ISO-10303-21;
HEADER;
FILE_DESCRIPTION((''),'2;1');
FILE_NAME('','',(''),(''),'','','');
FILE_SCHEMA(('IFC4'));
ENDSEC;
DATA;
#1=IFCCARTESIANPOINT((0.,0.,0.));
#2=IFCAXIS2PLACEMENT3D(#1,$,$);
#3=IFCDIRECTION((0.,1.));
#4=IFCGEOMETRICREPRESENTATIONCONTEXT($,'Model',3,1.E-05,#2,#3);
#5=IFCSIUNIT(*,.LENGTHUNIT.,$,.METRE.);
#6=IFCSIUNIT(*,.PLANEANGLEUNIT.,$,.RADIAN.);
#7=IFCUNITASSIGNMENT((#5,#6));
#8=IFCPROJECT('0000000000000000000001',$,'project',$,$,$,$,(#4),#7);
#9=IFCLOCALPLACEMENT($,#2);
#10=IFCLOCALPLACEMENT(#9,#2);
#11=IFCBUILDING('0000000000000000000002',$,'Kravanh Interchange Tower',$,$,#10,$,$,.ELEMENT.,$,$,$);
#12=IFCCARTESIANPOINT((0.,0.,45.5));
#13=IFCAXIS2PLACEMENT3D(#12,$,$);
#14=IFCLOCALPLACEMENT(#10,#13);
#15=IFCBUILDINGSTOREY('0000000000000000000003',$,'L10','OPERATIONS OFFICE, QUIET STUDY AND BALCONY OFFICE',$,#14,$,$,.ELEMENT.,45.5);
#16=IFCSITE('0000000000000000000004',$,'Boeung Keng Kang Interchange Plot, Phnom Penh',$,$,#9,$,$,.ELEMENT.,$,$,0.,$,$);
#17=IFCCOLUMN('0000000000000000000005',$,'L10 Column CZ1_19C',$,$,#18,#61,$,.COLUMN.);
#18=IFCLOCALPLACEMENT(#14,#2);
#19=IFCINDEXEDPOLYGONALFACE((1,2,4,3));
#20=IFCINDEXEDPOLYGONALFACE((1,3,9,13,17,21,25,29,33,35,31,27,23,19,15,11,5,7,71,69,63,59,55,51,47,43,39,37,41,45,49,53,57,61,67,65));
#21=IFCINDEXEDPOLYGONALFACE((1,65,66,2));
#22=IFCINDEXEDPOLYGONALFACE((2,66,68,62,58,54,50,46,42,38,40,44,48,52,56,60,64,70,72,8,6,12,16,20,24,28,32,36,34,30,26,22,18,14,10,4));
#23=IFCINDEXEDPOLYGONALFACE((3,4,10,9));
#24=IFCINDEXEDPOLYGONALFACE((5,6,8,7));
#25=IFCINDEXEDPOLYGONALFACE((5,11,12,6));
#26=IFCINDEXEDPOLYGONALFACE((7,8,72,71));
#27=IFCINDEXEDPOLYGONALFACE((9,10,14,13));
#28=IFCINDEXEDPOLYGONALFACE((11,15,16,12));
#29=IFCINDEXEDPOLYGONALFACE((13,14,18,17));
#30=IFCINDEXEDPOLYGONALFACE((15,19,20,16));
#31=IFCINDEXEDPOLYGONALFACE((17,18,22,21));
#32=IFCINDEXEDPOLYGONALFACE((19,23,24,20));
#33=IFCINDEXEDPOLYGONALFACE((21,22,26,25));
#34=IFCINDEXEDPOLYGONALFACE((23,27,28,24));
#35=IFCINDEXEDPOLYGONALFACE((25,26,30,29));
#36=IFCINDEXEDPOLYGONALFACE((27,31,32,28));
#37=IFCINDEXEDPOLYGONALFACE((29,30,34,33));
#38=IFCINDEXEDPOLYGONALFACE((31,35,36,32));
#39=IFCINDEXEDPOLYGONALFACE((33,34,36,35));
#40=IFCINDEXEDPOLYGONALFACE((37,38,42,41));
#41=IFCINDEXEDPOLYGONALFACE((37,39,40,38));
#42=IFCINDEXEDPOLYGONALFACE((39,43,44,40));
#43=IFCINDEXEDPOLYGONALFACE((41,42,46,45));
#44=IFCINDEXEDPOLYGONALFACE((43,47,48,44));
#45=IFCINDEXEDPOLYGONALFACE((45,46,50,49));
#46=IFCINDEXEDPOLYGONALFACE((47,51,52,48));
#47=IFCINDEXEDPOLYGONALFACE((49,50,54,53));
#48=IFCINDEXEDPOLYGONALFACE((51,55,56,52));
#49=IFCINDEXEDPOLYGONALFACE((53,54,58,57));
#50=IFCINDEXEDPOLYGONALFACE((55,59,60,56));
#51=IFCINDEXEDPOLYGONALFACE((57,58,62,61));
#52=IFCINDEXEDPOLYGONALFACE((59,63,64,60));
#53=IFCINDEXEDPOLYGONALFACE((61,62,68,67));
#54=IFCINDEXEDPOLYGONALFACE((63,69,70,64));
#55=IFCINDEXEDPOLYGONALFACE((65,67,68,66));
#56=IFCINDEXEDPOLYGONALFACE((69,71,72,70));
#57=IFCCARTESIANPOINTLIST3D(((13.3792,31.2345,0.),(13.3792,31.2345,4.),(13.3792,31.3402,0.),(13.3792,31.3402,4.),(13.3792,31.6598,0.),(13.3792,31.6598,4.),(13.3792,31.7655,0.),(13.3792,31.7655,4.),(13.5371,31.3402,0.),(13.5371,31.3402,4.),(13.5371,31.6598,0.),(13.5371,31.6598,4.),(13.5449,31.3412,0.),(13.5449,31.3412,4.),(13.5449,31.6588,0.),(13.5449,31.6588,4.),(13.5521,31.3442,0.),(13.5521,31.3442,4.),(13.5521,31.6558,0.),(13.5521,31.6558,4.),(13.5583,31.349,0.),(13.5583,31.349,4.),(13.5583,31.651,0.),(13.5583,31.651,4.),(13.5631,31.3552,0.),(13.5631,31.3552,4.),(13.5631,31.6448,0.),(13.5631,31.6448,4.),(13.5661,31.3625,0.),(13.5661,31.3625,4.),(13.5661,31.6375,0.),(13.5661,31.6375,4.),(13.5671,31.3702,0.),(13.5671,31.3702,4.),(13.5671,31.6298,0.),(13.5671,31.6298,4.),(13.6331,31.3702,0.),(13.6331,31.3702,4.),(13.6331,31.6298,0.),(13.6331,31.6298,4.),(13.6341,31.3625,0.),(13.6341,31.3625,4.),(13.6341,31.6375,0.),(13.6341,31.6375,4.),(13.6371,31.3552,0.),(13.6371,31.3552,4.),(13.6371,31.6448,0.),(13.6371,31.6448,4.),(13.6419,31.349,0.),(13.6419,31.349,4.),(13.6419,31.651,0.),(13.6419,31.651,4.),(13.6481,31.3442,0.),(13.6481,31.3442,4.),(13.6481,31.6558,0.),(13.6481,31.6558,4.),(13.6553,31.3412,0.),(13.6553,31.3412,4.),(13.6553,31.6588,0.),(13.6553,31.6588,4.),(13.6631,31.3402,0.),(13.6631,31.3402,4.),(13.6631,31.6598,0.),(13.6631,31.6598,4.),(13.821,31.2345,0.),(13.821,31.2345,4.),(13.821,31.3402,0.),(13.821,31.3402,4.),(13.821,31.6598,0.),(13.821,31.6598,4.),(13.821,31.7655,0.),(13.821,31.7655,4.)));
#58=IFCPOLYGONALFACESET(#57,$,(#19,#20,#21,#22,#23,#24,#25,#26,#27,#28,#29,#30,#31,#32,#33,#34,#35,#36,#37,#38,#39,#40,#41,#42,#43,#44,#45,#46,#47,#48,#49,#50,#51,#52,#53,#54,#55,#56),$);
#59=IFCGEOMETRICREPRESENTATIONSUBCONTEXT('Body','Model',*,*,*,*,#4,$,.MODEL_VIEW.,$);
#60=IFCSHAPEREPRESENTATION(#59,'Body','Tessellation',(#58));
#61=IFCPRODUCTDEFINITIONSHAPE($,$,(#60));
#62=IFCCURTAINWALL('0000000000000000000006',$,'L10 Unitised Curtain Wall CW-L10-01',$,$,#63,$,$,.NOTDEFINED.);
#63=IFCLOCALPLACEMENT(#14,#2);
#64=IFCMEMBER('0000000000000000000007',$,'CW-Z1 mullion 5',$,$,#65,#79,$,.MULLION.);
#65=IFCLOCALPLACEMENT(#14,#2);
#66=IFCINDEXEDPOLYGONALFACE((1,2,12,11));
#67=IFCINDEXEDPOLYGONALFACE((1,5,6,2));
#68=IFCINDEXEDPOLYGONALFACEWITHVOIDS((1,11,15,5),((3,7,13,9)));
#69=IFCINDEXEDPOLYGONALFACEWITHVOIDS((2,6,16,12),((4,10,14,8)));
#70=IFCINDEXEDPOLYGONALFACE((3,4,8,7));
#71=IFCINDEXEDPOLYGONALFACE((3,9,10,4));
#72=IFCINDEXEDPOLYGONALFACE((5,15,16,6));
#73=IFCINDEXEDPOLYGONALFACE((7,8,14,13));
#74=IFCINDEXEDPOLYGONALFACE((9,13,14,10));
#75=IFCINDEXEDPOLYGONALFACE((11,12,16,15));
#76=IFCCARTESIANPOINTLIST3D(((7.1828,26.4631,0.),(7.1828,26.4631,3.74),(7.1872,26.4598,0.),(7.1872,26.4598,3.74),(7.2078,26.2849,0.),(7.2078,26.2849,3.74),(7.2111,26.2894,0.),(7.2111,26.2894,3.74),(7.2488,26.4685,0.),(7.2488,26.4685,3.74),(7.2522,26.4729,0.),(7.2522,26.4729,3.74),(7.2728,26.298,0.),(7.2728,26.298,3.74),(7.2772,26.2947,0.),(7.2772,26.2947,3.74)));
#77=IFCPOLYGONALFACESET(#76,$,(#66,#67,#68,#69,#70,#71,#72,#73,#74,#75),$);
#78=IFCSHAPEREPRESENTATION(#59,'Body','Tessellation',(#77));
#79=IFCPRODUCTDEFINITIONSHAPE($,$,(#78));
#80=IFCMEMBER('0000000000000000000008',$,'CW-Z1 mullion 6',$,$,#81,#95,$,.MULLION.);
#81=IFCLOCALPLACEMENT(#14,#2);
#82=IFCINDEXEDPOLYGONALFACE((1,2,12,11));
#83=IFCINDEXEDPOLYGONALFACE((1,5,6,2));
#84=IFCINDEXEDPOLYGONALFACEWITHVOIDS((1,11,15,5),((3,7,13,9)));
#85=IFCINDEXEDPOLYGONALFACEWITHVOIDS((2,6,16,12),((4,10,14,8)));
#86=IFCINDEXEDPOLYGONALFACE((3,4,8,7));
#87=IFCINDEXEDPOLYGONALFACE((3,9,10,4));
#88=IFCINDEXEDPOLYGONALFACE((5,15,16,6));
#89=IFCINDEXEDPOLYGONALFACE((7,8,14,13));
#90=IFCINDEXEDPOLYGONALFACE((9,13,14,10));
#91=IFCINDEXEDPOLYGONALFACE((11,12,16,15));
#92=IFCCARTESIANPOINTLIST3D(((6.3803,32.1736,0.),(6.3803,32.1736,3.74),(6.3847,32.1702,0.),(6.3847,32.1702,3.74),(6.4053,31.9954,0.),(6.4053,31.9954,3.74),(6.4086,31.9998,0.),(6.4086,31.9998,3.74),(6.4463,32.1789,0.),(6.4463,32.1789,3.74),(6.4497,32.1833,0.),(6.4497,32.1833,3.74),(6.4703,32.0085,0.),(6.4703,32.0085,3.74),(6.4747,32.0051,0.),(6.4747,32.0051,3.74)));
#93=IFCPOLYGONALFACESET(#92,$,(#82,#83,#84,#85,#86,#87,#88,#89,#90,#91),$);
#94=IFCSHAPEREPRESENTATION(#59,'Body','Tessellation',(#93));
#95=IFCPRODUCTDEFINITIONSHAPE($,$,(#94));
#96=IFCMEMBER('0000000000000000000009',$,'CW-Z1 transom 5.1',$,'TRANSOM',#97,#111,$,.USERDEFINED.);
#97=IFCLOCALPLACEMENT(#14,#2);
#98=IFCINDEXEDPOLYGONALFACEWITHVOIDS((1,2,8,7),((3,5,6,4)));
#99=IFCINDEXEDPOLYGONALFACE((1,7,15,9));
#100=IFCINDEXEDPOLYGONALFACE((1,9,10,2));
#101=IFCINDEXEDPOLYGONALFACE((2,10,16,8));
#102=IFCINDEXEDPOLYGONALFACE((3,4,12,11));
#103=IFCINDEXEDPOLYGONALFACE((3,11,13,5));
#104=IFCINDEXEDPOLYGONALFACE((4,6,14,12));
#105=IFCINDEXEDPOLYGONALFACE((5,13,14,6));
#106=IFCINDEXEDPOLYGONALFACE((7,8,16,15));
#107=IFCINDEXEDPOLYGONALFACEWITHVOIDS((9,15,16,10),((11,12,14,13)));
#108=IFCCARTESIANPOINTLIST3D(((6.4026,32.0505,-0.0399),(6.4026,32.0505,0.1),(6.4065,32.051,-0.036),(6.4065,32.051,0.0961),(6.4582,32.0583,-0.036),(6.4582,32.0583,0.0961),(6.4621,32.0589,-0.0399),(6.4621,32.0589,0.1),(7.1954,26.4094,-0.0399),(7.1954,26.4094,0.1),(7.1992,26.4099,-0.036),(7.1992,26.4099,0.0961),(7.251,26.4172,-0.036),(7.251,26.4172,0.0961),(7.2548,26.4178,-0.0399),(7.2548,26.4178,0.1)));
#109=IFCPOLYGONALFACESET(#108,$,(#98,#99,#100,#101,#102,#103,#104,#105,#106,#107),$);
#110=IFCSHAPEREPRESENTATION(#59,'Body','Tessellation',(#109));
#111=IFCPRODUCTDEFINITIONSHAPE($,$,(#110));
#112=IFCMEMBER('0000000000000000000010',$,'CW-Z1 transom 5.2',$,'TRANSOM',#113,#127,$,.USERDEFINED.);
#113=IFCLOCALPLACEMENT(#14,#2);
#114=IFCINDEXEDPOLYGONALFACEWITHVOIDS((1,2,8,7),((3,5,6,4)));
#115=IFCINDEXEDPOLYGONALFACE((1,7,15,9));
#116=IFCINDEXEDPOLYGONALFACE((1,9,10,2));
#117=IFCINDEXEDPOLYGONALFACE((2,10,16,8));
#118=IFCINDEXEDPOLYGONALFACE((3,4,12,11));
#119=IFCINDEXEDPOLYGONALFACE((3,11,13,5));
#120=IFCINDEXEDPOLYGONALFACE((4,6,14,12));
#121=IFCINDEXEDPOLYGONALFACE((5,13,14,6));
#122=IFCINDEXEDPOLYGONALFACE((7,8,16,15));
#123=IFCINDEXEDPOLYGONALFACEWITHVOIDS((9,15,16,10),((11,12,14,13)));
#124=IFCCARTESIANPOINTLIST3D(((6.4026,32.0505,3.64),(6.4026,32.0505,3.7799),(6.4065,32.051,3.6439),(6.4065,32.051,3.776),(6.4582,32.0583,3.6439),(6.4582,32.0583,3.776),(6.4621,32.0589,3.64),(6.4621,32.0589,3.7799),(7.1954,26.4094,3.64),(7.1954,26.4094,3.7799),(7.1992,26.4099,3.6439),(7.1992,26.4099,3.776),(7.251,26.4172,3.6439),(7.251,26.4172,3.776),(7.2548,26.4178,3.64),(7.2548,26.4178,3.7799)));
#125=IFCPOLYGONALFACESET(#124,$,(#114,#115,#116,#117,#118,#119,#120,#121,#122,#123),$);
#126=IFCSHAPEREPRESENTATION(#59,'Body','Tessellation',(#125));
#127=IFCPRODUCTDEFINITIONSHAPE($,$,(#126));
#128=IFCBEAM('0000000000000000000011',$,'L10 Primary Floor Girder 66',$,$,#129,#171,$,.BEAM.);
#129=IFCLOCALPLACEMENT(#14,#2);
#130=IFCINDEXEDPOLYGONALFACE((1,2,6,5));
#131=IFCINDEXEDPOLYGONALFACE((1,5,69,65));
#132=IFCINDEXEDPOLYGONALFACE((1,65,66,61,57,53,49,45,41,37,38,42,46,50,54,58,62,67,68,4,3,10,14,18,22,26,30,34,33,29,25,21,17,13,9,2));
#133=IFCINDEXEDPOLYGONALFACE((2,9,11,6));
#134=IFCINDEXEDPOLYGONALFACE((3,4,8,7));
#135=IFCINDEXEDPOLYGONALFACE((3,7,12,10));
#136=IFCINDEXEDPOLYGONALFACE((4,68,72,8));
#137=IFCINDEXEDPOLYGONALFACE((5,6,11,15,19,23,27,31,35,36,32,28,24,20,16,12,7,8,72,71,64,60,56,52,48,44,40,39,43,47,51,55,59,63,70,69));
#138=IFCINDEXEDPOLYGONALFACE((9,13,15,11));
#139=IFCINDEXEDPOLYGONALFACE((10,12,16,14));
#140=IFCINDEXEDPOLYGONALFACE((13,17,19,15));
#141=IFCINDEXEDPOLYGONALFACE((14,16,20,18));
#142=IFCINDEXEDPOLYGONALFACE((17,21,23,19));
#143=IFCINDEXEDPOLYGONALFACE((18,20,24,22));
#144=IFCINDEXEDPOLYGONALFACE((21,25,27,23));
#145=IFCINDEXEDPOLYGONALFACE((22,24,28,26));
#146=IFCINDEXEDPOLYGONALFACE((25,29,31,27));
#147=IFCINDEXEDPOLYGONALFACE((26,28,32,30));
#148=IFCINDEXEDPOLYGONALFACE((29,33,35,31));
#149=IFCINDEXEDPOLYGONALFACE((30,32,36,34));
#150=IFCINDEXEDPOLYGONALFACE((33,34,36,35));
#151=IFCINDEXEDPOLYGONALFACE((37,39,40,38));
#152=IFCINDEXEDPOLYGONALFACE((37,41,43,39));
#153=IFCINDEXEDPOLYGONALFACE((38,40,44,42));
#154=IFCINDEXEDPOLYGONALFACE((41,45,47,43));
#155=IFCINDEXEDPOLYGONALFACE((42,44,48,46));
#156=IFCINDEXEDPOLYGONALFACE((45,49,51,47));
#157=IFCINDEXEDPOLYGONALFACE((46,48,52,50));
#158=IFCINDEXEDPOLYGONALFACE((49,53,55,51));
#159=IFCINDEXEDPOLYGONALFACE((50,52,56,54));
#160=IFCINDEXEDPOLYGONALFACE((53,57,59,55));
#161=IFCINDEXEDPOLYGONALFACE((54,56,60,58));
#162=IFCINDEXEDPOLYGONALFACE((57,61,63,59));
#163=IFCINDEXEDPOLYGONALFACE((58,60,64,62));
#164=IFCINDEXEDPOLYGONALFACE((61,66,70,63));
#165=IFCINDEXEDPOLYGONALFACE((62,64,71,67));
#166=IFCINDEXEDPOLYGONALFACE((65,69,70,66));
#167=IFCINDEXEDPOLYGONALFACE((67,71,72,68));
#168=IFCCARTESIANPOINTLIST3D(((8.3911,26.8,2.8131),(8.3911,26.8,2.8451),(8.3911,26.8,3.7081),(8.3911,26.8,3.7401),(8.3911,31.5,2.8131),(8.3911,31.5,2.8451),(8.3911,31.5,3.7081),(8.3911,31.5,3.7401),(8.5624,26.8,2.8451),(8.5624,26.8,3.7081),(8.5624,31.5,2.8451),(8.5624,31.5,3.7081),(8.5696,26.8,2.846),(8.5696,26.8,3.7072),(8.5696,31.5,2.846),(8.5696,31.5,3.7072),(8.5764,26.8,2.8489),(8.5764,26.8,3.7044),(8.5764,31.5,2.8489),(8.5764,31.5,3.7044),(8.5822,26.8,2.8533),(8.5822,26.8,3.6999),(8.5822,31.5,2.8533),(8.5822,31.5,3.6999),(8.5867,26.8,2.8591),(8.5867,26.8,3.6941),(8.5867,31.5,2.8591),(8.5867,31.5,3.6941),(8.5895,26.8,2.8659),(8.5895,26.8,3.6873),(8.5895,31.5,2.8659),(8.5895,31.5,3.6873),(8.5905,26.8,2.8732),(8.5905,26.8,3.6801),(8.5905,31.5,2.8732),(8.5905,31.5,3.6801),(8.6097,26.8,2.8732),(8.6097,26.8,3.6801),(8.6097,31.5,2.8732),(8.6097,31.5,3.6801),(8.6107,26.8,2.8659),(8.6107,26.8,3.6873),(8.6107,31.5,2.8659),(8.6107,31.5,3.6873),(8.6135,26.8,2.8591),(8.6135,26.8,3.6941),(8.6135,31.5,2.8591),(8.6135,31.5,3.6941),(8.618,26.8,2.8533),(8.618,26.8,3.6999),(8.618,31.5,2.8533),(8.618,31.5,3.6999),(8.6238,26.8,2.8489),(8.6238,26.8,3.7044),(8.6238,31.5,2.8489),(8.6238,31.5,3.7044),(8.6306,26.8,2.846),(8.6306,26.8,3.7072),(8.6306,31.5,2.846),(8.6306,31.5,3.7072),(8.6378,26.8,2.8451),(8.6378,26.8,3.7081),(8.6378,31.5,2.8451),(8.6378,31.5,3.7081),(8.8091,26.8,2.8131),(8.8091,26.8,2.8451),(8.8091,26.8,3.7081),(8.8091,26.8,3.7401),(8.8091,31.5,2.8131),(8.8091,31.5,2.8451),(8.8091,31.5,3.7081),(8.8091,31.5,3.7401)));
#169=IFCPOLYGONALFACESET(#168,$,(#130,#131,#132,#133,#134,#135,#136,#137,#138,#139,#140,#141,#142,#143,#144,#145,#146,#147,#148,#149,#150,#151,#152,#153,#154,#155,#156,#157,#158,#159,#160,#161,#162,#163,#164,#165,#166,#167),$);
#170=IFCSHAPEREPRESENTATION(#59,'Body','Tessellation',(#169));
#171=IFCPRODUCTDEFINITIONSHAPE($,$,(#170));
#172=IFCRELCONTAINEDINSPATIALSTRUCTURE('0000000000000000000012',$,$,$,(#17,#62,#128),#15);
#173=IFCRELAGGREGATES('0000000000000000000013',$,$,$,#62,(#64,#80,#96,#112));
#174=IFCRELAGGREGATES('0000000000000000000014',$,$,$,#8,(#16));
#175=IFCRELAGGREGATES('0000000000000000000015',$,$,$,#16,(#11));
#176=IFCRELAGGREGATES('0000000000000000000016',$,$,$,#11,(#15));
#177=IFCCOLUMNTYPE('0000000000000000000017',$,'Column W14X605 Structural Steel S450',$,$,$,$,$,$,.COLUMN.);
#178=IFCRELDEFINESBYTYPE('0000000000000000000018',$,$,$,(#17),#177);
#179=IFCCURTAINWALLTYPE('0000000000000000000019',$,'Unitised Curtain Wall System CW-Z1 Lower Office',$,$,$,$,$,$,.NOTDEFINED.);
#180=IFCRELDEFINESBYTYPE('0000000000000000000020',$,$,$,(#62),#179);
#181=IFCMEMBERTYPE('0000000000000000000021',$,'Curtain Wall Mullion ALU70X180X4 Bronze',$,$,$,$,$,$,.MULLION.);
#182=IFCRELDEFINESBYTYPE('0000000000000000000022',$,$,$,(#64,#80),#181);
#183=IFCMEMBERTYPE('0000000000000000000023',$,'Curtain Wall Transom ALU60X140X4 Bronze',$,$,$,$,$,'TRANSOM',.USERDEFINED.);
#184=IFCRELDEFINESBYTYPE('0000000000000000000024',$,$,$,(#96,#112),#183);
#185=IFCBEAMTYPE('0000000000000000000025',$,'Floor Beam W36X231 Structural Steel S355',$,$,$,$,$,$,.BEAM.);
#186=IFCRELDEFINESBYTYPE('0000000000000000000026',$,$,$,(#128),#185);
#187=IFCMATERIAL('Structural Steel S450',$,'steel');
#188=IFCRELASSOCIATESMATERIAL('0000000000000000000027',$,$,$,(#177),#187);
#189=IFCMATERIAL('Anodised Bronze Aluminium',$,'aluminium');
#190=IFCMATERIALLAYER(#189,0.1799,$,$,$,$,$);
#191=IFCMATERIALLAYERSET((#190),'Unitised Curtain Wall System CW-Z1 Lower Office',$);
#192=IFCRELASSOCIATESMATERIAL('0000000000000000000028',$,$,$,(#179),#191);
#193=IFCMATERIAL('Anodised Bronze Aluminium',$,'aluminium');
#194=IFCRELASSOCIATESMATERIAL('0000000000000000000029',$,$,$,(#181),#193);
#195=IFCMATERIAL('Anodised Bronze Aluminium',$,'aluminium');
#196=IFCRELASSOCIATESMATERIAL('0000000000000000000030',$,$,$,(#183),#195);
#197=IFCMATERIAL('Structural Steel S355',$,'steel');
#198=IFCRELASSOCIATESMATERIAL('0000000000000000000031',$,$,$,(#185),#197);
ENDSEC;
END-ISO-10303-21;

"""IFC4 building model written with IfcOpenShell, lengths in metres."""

from ifc_helpers import new_model, si_unit, direction, frame, origin, origin_2d, place, context, subcontext, project, spatial, hollow_rectangle, i_section, extrude, material, layer, layer_set, material_profile, profile_set, type_object, element, aggregate, save


model = new_model("IFC4")

# Units and contexts
model_context = context("Model", 3, precision=1e-05, world=origin(), true_north=direction((0.0, 1.0)))
body_context = subcontext(model_context, "Body", "Model", "MODEL_VIEW")
ifc_project = project(units=[si_unit("LENGTHUNIT", "METRE"), si_unit("PLANEANGLEUNIT", "RADIAN")], contexts=[model_context])

# Site, building, storey
site_placement = place(None, origin())
site = spatial("IfcSite", under=ifc_project, at=site_placement, Name="Boeung Keng Kang Interchange Plot, Phnom Penh", CompositionType="ELEMENT", RefElevation=0.0)
building_placement = place(site_placement, origin())
building = spatial("IfcBuilding", under=site, at=building_placement, Name="Kravanh Interchange Tower", CompositionType="ELEMENT")
storey_placement = place(building_placement, frame((0.0, 0.0, 45.5)))
storey = spatial("IfcBuildingStorey", under=building, at=storey_placement, Name="L10", Description="OPERATIONS OFFICE, QUIET STUDY AND BALCONY OFFICE", CompositionType="ELEMENT", Elevation=45.5)

# Column
ifc_material_1 = material(Name="Structural Steel S450", Category="steel")
ifc_material_profile_1 = material_profile(ifc_material_1, i_section(OverallWidth=0.4419, OverallDepth=0.531, WebThickness=0.0659, FlangeThickness=0.1057, FilletRadius=0.03, at=origin_2d()), Name="W14X605")
ifc_profile_set_1 = profile_set([ifc_material_profile_1], Name="Structural Steel S450")
column_type = type_object("IfcColumnType", Name="Column W14X605 Structural Steel S450", PredefinedType="COLUMN", material=ifc_profile_set_1)
for number, where, z_axis, x_axis, name in (
    (1, (13.6001, 31.5, 0.0), (0.0, 0.0, 1.0), (1.0, 0.0, 0.0), "L10 Column CZ1_19C"),
):
    element("IfcColumn", number, at=place(storey_placement, frame(where, z_axis=z_axis, x_axis=x_axis)), inside=storey, type_object=column_type, Name=name, PredefinedType="COLUMN", context=body_context, shape_type="SweptSolid", body=[
        extrude(i_section(OverallWidth=0.4419, OverallDepth=0.531, WebThickness=0.0659, FlangeThickness=0.1057, FilletRadius=0.03, at=origin_2d()), origin(), (0.0, 0.0, 1.0), 4.0),
    ])

# Curtain wall, members
ifc_material_2 = material(Name="Anodised Bronze Aluminium", Category="aluminium")
ifc_layer_1 = layer(ifc_material_2, 0.1799)
ifc_layer_set_1 = layer_set([ifc_layer_1], Name="Unitised Curtain Wall System CW-Z1 Lower Office")
curtain_wall_type = type_object("IfcCurtainWallType", Name="Unitised Curtain Wall System CW-Z1 Lower Office", PredefinedType="NOTDEFINED", material=ifc_layer_set_1)
curtain_wall_placement = place(storey_placement, origin())
curtain_wall = element("IfcCurtainWall", 2, at=curtain_wall_placement, inside=storey, type_object=curtain_wall_type, Name="L10 Unitised Curtain Wall CW-L10-01", PredefinedType="NOTDEFINED")
ifc_material_3 = material(Name="Anodised Bronze Aluminium", Category="aluminium")
ifc_material_profile_2 = material_profile(ifc_material_3, hollow_rectangle(XDim=0.0701, YDim=0.1799, WallThickness=0.0039, at=origin_2d()), Name="ALU70X180X4")
ifc_profile_set_2 = profile_set([ifc_material_profile_2], Name="Anodised Bronze Aluminium")
member_type_1 = type_object("IfcMemberType", Name="Curtain Wall Mullion ALU70X180X4 Bronze", PredefinedType="MULLION", material=ifc_profile_set_2)
member_1_placement = place(storey_placement, frame((7.23, 26.3789, 0.0), z_axis=(0.0, 0.0, 1.0), x_axis=(-0.990268, -0.139177, 0.0)))
member_1 = element("IfcMember", 3, at=member_1_placement, type_object=member_type_1, Name="CW-Z1 mullion 5", PredefinedType="MULLION", context=body_context, shape_type="SweptSolid", body=[
    extrude(hollow_rectangle(XDim=0.0701, YDim=0.1799, WallThickness=0.0039, at=origin_2d()), origin(), (0.0, 0.0, 1.0), 3.74),
])
member_2_placement = place(storey_placement, frame((6.4275, 32.0894, 0.0), z_axis=(0.0, 0.0, 1.0), x_axis=(-0.990268, -0.139177, 0.0)))
member_2 = element("IfcMember", 4, at=member_2_placement, type_object=member_type_1, Name="CW-Z1 mullion 6", PredefinedType="MULLION", context=body_context, shape_type="SweptSolid", body=[
    extrude(hollow_rectangle(XDim=0.0701, YDim=0.1799, WallThickness=0.0039, at=origin_2d()), origin(), (0.0, 0.0, 1.0), 3.74),
])
ifc_material_4 = material(Name="Anodised Bronze Aluminium", Category="aluminium")
ifc_material_profile_3 = material_profile(ifc_material_4, hollow_rectangle(XDim=0.0601, YDim=0.1399, WallThickness=0.0039, at=origin_2d()), Name="ALU60X140X4")
ifc_profile_set_3 = profile_set([ifc_material_profile_3], Name="Anodised Bronze Aluminium")
member_type_2 = type_object("IfcMemberType", Name="Curtain Wall Transom ALU60X140X4 Bronze", ElementType="TRANSOM", PredefinedType="USERDEFINED", material=ifc_profile_set_3)
member_3_placement = place(storey_placement, frame((7.2251, 26.4136, 0.03), z_axis=(-0.139159, 0.99027, 0.0), x_axis=(-0.99027, -0.139159, 0.0)))
member_3 = element("IfcMember", 5, at=member_3_placement, type_object=member_type_2, Name="CW-Z1 transom 5.1", ObjectType="TRANSOM", PredefinedType="USERDEFINED", context=body_context, shape_type="SweptSolid", body=[
    extrude(hollow_rectangle(XDim=0.0601, YDim=0.1399, WallThickness=0.0039, at=origin_2d()), origin(), (0.0, 0.0, 1.0), 5.6965),
])
member_4_placement = place(storey_placement, frame((7.2251, 26.4136, 3.71), z_axis=(-0.139159, 0.99027, 0.0), x_axis=(-0.99027, -0.139159, 0.0)))
member_4 = element("IfcMember", 6, at=member_4_placement, type_object=member_type_2, Name="CW-Z1 transom 5.2", ObjectType="TRANSOM", PredefinedType="USERDEFINED", context=body_context, shape_type="SweptSolid", body=[
    extrude(hollow_rectangle(XDim=0.0601, YDim=0.1399, WallThickness=0.0039, at=origin_2d()), origin(), (0.0, 0.0, 1.0), 5.6965),
])

# Beam
ifc_material_5 = material(Name="Structural Steel S355", Category="steel")
ifc_material_profile_4 = material_profile(ifc_material_5, i_section(OverallWidth=0.418, OverallDepth=0.927, WebThickness=0.0193, FlangeThickness=0.032, FilletRadius=0.0281, at=origin_2d()), Name="W36X231")
ifc_profile_set_4 = profile_set([ifc_material_profile_4], Name="Structural Steel S355")
beam_type_1 = type_object("IfcBeamType", Name="Floor Beam W36X231 Structural Steel S355", PredefinedType="BEAM", material=ifc_profile_set_4)
beam_1_placement = place(storey_placement, frame((8.6001, 26.8, 3.2766), z_axis=(0.0, 1.0, 0.0), x_axis=(-1.0, 0.0, 0.0)))
element("IfcBeam", 7, at=beam_1_placement, inside=storey, type_object=beam_type_1, Name="L10 Primary Floor Girder 66", PredefinedType="BEAM", context=body_context, shape_type="SweptSolid", body=[
    extrude(i_section(OverallWidth=0.418, OverallDepth=0.927, WebThickness=0.0193, FlangeThickness=0.032, FilletRadius=0.0281, at=origin_2d()), origin(), (0.0, 0.0, 1.0), 4.7),
])

aggregate(curtain_wall, [member_1, member_2, member_3, member_4])

save(model, "model.ifc")
